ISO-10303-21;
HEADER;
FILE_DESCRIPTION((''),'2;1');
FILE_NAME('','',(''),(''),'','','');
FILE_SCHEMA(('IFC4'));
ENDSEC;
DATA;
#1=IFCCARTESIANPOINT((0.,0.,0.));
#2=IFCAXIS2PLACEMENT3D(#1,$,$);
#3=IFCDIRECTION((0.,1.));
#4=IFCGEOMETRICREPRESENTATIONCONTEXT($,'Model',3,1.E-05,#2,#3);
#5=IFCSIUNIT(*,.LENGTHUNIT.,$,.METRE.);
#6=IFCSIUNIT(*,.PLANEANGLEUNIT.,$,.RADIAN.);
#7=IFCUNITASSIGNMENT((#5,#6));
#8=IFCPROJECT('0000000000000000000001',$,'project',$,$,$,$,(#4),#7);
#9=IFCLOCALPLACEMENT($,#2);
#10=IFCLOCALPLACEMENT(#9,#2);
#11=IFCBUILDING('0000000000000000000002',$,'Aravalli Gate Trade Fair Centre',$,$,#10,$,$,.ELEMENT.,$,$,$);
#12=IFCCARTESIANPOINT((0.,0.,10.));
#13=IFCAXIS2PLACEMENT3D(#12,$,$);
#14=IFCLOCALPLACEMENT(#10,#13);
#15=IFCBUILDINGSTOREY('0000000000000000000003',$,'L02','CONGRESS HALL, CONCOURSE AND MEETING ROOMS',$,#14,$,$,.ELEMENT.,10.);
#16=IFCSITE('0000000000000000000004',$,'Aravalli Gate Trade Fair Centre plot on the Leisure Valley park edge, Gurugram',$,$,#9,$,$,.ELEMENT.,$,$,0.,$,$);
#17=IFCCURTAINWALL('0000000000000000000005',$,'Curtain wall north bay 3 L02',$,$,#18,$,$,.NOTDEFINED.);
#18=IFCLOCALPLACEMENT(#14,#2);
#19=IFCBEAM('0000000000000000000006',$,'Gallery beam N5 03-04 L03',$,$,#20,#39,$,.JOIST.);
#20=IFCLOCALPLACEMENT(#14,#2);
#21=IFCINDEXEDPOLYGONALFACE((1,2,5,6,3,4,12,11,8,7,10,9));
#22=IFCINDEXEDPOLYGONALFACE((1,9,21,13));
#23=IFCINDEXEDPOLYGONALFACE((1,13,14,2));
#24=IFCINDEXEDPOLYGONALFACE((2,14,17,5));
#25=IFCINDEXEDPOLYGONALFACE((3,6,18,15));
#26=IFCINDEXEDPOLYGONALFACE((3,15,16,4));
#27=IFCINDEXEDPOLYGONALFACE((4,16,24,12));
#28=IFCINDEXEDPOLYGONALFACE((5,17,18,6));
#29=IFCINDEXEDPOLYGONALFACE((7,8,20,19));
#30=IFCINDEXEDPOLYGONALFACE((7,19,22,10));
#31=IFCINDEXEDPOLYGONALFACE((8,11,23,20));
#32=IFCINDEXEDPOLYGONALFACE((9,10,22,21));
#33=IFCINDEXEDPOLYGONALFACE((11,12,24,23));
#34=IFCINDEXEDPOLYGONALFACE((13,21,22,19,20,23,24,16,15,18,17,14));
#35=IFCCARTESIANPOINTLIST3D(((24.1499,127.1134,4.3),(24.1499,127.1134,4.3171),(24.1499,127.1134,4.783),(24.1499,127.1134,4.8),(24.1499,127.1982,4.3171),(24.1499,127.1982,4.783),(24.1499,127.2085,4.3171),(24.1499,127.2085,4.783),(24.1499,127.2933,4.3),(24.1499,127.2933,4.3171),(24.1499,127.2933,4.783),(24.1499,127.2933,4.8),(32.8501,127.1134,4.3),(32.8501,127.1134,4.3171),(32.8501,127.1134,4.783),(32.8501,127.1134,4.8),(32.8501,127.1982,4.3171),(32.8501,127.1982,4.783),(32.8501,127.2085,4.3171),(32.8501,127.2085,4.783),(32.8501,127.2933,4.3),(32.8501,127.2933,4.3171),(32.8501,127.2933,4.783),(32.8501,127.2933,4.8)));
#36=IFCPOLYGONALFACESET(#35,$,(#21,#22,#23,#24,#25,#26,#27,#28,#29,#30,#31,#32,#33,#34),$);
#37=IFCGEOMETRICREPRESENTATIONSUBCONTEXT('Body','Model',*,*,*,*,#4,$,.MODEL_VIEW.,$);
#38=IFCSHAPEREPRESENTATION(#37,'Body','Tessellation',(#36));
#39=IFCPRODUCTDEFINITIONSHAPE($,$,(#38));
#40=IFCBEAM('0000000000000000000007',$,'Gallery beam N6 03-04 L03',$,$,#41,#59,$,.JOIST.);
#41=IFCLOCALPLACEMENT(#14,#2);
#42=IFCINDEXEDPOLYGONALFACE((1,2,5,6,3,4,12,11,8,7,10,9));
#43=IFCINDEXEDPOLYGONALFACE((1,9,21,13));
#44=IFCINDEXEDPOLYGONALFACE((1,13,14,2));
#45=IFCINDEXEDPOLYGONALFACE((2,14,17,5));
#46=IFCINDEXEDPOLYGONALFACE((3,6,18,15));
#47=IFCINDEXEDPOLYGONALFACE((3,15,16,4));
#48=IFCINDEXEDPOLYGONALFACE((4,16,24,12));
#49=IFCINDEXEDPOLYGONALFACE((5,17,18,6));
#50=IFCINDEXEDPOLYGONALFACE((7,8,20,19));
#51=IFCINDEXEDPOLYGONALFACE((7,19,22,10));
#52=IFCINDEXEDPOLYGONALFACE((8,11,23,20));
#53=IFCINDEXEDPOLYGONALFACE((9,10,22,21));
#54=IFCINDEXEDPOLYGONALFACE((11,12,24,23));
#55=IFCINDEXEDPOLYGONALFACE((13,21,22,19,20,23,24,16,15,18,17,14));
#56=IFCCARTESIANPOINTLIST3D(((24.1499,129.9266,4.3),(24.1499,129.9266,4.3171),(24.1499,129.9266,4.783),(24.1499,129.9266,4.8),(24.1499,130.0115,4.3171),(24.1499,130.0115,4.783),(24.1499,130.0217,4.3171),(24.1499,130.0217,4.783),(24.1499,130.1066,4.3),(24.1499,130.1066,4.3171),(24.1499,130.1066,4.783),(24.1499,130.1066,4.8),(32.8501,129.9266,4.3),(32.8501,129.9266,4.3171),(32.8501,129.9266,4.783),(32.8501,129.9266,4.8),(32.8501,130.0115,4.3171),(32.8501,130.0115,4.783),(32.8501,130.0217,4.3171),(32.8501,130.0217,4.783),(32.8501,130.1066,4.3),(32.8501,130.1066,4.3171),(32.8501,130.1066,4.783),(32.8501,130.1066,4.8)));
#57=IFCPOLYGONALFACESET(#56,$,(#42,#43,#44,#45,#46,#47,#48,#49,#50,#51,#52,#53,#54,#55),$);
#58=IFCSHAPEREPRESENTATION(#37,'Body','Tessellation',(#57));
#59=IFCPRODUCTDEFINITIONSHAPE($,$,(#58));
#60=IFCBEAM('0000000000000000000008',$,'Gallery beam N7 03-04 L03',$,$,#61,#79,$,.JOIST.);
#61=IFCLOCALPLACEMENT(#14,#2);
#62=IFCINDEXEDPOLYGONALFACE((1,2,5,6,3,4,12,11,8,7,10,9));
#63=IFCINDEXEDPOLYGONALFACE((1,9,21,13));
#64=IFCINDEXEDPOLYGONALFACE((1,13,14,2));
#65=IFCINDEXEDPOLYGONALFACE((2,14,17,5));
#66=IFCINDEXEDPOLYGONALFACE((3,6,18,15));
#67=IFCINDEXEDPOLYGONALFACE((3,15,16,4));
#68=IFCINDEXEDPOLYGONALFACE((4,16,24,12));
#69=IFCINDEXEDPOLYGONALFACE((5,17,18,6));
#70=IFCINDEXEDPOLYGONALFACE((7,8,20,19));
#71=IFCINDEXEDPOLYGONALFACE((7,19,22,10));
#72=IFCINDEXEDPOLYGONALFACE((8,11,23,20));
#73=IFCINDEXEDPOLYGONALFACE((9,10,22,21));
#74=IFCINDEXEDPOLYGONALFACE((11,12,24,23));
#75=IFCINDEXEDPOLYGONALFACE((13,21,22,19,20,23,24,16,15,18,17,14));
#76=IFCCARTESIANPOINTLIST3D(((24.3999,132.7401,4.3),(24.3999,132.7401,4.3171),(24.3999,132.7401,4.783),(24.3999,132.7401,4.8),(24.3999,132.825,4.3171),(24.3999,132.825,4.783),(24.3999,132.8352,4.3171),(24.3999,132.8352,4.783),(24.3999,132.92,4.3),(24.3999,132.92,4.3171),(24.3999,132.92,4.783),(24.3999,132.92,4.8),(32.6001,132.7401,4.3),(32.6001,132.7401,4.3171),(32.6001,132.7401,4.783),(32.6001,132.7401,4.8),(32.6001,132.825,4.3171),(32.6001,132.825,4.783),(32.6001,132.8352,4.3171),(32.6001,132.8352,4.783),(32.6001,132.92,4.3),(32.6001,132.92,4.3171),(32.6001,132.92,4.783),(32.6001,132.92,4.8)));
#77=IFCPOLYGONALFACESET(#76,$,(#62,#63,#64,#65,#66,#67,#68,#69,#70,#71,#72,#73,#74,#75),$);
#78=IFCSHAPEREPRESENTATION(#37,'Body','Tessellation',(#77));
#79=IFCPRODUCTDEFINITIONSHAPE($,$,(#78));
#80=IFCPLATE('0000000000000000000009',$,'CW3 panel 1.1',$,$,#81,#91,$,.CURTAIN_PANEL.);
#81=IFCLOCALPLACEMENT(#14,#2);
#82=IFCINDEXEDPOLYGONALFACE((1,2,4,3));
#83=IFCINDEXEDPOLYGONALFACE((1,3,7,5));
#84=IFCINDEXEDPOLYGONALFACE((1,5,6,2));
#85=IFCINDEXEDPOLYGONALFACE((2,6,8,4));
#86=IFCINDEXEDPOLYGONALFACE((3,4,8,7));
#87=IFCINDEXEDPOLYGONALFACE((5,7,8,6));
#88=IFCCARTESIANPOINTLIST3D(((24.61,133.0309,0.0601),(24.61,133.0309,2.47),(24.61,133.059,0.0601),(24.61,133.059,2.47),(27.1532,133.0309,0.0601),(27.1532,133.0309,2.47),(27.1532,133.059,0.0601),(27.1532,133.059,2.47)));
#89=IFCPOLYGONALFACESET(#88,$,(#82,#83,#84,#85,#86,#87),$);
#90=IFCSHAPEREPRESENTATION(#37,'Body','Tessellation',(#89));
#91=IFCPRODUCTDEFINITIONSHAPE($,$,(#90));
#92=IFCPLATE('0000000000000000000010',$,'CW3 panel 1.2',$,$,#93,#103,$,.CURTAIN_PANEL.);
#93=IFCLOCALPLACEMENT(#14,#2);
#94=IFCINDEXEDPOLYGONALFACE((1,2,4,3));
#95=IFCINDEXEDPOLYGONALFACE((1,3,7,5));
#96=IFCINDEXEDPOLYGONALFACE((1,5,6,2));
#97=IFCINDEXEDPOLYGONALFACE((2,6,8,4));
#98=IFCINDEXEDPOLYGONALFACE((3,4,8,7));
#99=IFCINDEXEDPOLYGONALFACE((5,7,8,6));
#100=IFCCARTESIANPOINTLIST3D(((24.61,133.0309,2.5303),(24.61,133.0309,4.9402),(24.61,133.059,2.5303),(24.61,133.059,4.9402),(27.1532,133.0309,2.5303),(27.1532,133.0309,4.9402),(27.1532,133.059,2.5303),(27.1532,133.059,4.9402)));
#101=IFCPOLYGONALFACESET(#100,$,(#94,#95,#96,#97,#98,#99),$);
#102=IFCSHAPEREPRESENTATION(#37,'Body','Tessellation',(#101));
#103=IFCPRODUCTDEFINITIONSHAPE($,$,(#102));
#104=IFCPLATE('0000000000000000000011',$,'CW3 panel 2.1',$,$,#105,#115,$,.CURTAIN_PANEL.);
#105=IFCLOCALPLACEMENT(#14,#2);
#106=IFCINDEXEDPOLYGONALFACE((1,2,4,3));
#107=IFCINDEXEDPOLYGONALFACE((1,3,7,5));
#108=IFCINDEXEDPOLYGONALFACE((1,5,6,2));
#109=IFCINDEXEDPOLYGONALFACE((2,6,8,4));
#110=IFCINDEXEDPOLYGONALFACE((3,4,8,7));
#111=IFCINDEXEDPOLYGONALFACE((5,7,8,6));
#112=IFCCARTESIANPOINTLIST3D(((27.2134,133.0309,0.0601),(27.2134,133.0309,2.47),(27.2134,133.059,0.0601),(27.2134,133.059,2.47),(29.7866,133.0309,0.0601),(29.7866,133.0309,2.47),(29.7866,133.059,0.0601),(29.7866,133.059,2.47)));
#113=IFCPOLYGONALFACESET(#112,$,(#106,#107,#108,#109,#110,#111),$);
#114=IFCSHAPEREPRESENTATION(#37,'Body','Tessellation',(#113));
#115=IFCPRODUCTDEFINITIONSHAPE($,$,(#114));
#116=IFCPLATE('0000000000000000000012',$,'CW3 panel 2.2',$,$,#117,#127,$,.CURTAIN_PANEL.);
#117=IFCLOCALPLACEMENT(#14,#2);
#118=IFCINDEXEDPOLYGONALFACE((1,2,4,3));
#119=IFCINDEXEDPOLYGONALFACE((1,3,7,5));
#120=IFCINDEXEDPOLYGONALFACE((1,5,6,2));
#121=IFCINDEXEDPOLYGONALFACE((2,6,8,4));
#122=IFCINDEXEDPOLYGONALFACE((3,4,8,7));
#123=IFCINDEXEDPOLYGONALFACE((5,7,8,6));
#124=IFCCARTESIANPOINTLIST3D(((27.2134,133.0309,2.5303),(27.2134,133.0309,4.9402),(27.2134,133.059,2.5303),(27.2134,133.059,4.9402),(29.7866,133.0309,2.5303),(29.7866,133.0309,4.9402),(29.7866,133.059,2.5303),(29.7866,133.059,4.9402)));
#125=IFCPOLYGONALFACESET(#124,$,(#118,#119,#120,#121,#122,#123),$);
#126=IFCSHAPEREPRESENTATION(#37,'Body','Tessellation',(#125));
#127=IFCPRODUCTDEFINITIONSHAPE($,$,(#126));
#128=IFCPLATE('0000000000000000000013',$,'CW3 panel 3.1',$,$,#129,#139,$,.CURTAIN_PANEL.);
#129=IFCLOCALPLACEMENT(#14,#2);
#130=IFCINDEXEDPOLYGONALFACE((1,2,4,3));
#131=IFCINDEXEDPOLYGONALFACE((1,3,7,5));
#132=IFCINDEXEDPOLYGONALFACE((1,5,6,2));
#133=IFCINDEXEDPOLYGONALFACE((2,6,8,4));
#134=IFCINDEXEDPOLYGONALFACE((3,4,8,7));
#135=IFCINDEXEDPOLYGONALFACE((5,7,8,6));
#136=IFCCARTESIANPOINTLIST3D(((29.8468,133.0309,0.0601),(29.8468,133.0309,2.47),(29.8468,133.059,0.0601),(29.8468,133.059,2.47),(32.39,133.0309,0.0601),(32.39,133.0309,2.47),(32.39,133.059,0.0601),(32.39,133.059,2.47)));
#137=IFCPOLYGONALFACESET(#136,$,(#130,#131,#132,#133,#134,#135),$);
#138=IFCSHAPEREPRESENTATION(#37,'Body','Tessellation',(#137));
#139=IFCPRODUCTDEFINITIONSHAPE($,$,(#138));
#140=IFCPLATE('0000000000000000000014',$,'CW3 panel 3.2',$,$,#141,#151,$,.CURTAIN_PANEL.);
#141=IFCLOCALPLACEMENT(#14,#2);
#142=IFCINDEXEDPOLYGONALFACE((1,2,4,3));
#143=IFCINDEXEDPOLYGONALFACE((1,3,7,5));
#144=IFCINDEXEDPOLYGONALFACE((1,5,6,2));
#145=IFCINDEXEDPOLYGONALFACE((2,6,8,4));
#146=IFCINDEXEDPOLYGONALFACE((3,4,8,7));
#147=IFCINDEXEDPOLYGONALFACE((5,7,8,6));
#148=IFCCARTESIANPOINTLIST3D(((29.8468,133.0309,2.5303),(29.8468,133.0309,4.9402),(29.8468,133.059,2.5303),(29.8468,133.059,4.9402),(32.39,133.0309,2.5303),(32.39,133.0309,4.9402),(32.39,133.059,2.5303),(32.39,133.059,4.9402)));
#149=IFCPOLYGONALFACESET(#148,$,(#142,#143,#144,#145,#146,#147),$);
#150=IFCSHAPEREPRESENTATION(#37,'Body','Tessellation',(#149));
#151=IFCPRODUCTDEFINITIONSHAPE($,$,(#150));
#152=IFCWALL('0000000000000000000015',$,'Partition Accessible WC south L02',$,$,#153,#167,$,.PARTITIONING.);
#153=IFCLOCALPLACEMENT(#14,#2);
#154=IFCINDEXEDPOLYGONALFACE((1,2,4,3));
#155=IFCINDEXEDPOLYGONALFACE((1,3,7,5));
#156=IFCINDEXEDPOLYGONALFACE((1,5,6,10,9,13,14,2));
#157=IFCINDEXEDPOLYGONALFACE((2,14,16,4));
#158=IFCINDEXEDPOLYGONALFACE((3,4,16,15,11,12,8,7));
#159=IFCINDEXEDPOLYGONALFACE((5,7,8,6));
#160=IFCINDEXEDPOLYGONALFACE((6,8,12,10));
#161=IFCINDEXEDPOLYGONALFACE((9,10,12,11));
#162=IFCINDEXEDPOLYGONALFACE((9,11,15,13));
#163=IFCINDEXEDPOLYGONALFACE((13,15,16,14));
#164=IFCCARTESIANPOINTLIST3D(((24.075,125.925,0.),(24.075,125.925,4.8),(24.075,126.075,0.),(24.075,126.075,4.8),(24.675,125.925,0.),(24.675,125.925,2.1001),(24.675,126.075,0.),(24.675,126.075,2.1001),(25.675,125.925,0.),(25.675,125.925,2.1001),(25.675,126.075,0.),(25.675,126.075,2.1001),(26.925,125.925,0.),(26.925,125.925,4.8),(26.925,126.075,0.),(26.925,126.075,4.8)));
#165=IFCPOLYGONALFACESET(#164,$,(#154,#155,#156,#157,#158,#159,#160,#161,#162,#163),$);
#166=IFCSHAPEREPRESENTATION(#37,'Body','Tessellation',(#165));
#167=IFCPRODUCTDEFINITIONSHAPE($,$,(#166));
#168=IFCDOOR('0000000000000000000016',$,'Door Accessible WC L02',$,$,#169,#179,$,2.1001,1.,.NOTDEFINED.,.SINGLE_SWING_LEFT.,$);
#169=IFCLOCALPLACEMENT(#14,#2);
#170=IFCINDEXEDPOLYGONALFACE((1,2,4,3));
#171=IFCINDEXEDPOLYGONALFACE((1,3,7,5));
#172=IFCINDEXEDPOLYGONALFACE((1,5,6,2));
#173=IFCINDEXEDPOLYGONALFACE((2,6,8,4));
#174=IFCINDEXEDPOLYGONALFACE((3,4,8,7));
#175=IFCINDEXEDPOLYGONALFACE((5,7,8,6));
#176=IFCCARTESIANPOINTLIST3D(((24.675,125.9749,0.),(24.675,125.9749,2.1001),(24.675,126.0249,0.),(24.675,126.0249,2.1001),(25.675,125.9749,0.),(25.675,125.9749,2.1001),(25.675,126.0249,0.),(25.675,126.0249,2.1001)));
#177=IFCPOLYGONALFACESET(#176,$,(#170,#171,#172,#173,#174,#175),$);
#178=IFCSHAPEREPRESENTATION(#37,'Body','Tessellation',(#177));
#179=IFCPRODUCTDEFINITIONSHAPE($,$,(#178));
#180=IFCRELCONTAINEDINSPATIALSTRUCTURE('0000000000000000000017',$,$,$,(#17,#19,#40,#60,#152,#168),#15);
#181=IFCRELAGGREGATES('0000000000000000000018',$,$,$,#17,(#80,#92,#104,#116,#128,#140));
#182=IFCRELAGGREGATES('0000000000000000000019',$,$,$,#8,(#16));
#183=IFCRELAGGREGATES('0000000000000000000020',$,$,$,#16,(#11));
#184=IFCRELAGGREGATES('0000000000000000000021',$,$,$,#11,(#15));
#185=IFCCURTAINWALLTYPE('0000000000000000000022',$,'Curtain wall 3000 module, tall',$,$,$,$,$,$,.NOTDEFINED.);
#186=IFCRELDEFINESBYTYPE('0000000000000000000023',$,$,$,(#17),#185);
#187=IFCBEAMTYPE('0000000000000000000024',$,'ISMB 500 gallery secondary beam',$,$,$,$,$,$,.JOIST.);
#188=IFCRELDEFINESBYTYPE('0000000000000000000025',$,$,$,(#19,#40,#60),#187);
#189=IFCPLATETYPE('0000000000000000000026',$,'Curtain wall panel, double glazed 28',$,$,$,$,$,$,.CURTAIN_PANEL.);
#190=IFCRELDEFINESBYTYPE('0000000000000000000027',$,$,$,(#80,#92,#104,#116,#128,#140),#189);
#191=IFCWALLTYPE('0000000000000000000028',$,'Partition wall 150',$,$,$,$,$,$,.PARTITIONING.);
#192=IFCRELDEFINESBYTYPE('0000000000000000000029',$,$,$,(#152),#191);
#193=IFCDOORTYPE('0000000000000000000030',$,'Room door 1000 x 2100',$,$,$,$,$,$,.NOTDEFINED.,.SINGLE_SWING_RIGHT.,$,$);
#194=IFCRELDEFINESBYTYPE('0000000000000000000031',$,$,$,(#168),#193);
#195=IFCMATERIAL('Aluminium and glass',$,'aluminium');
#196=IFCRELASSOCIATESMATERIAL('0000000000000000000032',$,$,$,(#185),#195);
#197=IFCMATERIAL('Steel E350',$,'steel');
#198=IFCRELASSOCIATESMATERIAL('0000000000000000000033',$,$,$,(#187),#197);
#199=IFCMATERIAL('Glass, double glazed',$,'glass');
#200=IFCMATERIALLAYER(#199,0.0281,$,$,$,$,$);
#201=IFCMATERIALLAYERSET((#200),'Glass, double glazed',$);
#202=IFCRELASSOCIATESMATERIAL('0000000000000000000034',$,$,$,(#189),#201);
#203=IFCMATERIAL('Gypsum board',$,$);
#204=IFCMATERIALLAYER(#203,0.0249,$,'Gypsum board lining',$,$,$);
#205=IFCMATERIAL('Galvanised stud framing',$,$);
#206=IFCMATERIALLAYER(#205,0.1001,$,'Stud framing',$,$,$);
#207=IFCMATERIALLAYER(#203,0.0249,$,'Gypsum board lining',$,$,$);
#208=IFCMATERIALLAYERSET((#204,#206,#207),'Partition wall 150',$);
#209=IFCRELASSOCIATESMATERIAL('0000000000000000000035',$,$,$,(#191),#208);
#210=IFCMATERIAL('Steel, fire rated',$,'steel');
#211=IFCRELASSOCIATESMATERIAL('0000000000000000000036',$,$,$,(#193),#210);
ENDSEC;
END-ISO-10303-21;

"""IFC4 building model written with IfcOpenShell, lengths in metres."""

from ifc_helpers import new_model, si_unit, direction, frame, frame_2d, origin, origin_2d, place, context, subcontext, project, spatial, rectangle, i_section, extrude, material, layer, layer_set, material_profile, profile_set, type_object, element, fill, aggregate, save


model = new_model("IFC4")

# Units and contexts
model_context = context("Model", 3, precision=1e-05, world=origin(), true_north=direction((0.0, 1.0)))
body_context = subcontext(model_context, "Body", "Model", "MODEL_VIEW")
ifc_project = project(units=[si_unit("LENGTHUNIT", "METRE"), si_unit("PLANEANGLEUNIT", "RADIAN")], contexts=[model_context])

# Site, building, storey
site_placement = place(None, origin())
site = spatial("IfcSite", under=ifc_project, at=site_placement, Name="Aravalli Gate Trade Fair Centre plot on the Leisure Valley park edge, Gurugram", CompositionType="ELEMENT", RefElevation=0.0)
building_placement = place(site_placement, origin())
building = spatial("IfcBuilding", under=site, at=building_placement, Name="Aravalli Gate Trade Fair Centre", CompositionType="ELEMENT")
storey_placement = place(building_placement, frame((0.0, 0.0, 10.0)))
storey = spatial("IfcBuildingStorey", under=building, at=storey_placement, Name="L02", Description="CONGRESS HALL, CONCOURSE AND MEETING ROOMS", CompositionType="ELEMENT", Elevation=10.0)

# Curtain wall
ifc_material_1 = material(Name="Aluminium and glass", Category="aluminium")
curtain_wall_type = type_object("IfcCurtainWallType", Name="Curtain wall 3000 module, tall", PredefinedType="NOTDEFINED", material=ifc_material_1)
curtain_wall_placement = place(storey_placement, origin())
curtain_wall = element("IfcCurtainWall", 1, at=curtain_wall_placement, inside=storey, type_object=curtain_wall_type, Name="Curtain wall north bay 3 L02", PredefinedType="NOTDEFINED")

# Beams
ifc_material_2 = material(Name="Steel E350", Category="steel")
ifc_material_profile_1 = material_profile(ifc_material_2, i_section(OverallWidth=0.1799, OverallDepth=0.5, WebThickness=0.0103, FlangeThickness=0.0171, at=origin_2d()), Name="ISMB 500")
ifc_profile_set_1 = profile_set([ifc_material_profile_1], Name="Steel E350")
beam_type = type_object("IfcBeamType", Name="ISMB 500 gallery secondary beam", PredefinedType="JOIST", material=ifc_profile_set_1)
for number, where, z_axis, x_axis, name in (
    (2, (24.1499, 127.2034, 4.55), (1.0, 0.0, 0.0), (0.0, 1.0, 0.0), "Gallery beam N5 03-04 L03"),
    (3, (24.1499, 130.0166, 4.55), (1.0, 0.0, 0.0), (0.0, 1.0, 0.0), "Gallery beam N6 03-04 L03"),
):
    element("IfcBeam", number, at=place(storey_placement, frame(where, z_axis=z_axis, x_axis=x_axis)), inside=storey, type_object=beam_type, Name=name, PredefinedType="JOIST", context=body_context, shape_type="SweptSolid", body=[
        extrude(i_section(OverallWidth=0.1799, OverallDepth=0.5, WebThickness=0.0103, FlangeThickness=0.0171, at=origin_2d()), origin(), (0.0, 0.0, 1.0), 8.7002),
    ])
beam_placement = place(storey_placement, frame((24.3999, 132.8301, 4.55), z_axis=(1.0, 0.0, 0.0), x_axis=(0.0, 1.0, 0.0)))
element("IfcBeam", 4, at=beam_placement, inside=storey, type_object=beam_type, Name="Gallery beam N7 03-04 L03", PredefinedType="JOIST", context=body_context, shape_type="SweptSolid", body=[
    extrude(i_section(OverallWidth=0.1799, OverallDepth=0.5, WebThickness=0.0103, FlangeThickness=0.0171, at=origin_2d()), origin(), (0.0, 0.0, 1.0), 8.2002),
])

# Plates
ifc_material_3 = material(Name="Glass, double glazed", Category="glass")
ifc_layer_1 = layer(ifc_material_3, 0.0281)
ifc_layer_set_1 = layer_set([ifc_layer_1], Name="Glass, double glazed")
plate_type = type_object("IfcPlateType", Name="Curtain wall panel, double glazed 28", PredefinedType="CURTAIN_PANEL", material=ifc_layer_set_1)
plate_1_placement = place(storey_placement, frame((25.8816, 133.0449, 0.0601), z_axis=(0.0, 0.0, 1.0), x_axis=(1.0, 0.0, 0.0)))
plate_1 = element("IfcPlate", 5, at=plate_1_placement, type_object=plate_type, Name="CW3 panel 1.1", PredefinedType="CURTAIN_PANEL", context=body_context, shape_type="SweptSolid", body=[
    extrude(rectangle(XDim=2.5432, YDim=0.0281, at=origin_2d()), origin(), (0.0, 0.0, 1.0), 2.4099),
])
plate_2_placement = place(storey_placement, frame((25.8816, 133.0449, 2.5303), z_axis=(0.0, 0.0, 1.0), x_axis=(1.0, 0.0, 0.0)))
plate_2 = element("IfcPlate", 6, at=plate_2_placement, type_object=plate_type, Name="CW3 panel 1.2", PredefinedType="CURTAIN_PANEL", context=body_context, shape_type="SweptSolid", body=[
    extrude(rectangle(XDim=2.5432, YDim=0.0281, at=origin_2d()), origin(), (0.0, 0.0, 1.0), 2.4099),
])
plate_3_placement = place(storey_placement, frame((28.5, 133.0449, 0.0601), z_axis=(0.0, 0.0, 1.0), x_axis=(1.0, 0.0, 0.0)))
plate_3 = element("IfcPlate", 7, at=plate_3_placement, type_object=plate_type, Name="CW3 panel 2.1", PredefinedType="CURTAIN_PANEL", context=body_context, shape_type="SweptSolid", body=[
    extrude(rectangle(XDim=2.5732, YDim=0.0281, at=origin_2d()), origin(), (0.0, 0.0, 1.0), 2.4099),
])
plate_4_placement = place(storey_placement, frame((28.5, 133.0449, 2.5303), z_axis=(0.0, 0.0, 1.0), x_axis=(1.0, 0.0, 0.0)))
plate_4 = element("IfcPlate", 8, at=plate_4_placement, type_object=plate_type, Name="CW3 panel 2.2", PredefinedType="CURTAIN_PANEL", context=body_context, shape_type="SweptSolid", body=[
    extrude(rectangle(XDim=2.5732, YDim=0.0281, at=origin_2d()), origin(), (0.0, 0.0, 1.0), 2.4099),
])
plate_5_placement = place(storey_placement, frame((31.1184, 133.0449, 0.0601), z_axis=(0.0, 0.0, 1.0), x_axis=(1.0, 0.0, 0.0)))
plate_5 = element("IfcPlate", 9, at=plate_5_placement, type_object=plate_type, Name="CW3 panel 3.1", PredefinedType="CURTAIN_PANEL", context=body_context, shape_type="SweptSolid", body=[
    extrude(rectangle(XDim=2.5432, YDim=0.0281, at=origin_2d()), origin(), (0.0, 0.0, 1.0), 2.4099),
])
plate_6_placement = place(storey_placement, frame((31.1184, 133.0449, 2.5303), z_axis=(0.0, 0.0, 1.0), x_axis=(1.0, 0.0, 0.0)))
plate_6 = element("IfcPlate", 10, at=plate_6_placement, type_object=plate_type, Name="CW3 panel 3.2", PredefinedType="CURTAIN_PANEL", context=body_context, shape_type="SweptSolid", body=[
    extrude(rectangle(XDim=2.5432, YDim=0.0281, at=origin_2d()), origin(), (0.0, 0.0, 1.0), 2.4099),
])
aggregate(curtain_wall, [plate_1, plate_2, plate_3, plate_4, plate_5, plate_6])

# Wall, opening, door
ifc_material_4 = material(Name="Gypsum board")
ifc_layer_2 = layer(ifc_material_4, 0.0249, Name="Gypsum board lining")
ifc_material_5 = material(Name="Galvanised stud framing")
ifc_layer_3 = layer(ifc_material_5, 0.1001, Name="Stud framing")
ifc_layer_4 = layer(ifc_material_4, 0.0249, Name="Gypsum board lining")
ifc_layer_set_2 = layer_set([ifc_layer_2, ifc_layer_3, ifc_layer_4], Name="Partition wall 150")
wall_type = type_object("IfcWallType", Name="Partition wall 150", PredefinedType="PARTITIONING", material=ifc_layer_set_2)
wall_1_placement = place(storey_placement, frame((24.075, 126.0, 0.0), z_axis=(0.0, 0.0, 1.0), x_axis=(1.0, 0.0, 0.0)))
wall_1 = element("IfcWall", 11, at=wall_1_placement, inside=storey, type_object=wall_type, Name="Partition Accessible WC south L02", PredefinedType="PARTITIONING", context=body_context, shape_type="SweptSolid", body=[
    extrude(rectangle(XDim=2.8501, YDim=0.1499, at=frame_2d((1.425, 0.0))), origin(), (0.0, 0.0, 1.0), 4.8),
])
opening_placement = place(wall_1_placement, frame((0.6001, 0.0, 0.0)))
opening = element("IfcOpeningElement", 12, at=opening_placement, cuts=wall_1, PredefinedType="OPENING", context=body_context, shape_type="SweptSolid", body=[
    extrude(rectangle(XDim=1.0, YDim=2.1001, at=frame_2d((0.5, 1.05))), frame((0.0, 0.085, 0.0), z_axis=(0.0, -1.0, 0.0), x_axis=(1.0, 0.0, 0.0)), (0.0, 0.0, 1.0), 0.1699),
])
ifc_material_6 = material(Name="Steel, fire rated", Category="steel")
door_type = type_object("IfcDoorType", Name="Room door 1000 x 2100", OperationType="SINGLE_SWING_RIGHT", PredefinedType="NOTDEFINED", material=ifc_material_6)
door_placement = place(opening_placement, origin())
door = element("IfcDoor", 13, at=door_placement, inside=storey, type_object=door_type, Name="Door Accessible WC L02", OperationType="SINGLE_SWING_LEFT", OverallHeight=2.1001, OverallWidth=1.0, PredefinedType="NOTDEFINED", context=body_context, shape_type="SweptSolid", body=[
    extrude(rectangle(XDim=1.0, YDim=2.1001, at=frame_2d((0.5, 1.05))), frame((0.0, 0.0249, 0.0), z_axis=(0.0, -1.0, 0.0), x_axis=(1.0, 0.0, 0.0)), (0.0, 0.0, 1.0), 0.05),
])
fill(opening, door)

save(model, "model.ifc")
